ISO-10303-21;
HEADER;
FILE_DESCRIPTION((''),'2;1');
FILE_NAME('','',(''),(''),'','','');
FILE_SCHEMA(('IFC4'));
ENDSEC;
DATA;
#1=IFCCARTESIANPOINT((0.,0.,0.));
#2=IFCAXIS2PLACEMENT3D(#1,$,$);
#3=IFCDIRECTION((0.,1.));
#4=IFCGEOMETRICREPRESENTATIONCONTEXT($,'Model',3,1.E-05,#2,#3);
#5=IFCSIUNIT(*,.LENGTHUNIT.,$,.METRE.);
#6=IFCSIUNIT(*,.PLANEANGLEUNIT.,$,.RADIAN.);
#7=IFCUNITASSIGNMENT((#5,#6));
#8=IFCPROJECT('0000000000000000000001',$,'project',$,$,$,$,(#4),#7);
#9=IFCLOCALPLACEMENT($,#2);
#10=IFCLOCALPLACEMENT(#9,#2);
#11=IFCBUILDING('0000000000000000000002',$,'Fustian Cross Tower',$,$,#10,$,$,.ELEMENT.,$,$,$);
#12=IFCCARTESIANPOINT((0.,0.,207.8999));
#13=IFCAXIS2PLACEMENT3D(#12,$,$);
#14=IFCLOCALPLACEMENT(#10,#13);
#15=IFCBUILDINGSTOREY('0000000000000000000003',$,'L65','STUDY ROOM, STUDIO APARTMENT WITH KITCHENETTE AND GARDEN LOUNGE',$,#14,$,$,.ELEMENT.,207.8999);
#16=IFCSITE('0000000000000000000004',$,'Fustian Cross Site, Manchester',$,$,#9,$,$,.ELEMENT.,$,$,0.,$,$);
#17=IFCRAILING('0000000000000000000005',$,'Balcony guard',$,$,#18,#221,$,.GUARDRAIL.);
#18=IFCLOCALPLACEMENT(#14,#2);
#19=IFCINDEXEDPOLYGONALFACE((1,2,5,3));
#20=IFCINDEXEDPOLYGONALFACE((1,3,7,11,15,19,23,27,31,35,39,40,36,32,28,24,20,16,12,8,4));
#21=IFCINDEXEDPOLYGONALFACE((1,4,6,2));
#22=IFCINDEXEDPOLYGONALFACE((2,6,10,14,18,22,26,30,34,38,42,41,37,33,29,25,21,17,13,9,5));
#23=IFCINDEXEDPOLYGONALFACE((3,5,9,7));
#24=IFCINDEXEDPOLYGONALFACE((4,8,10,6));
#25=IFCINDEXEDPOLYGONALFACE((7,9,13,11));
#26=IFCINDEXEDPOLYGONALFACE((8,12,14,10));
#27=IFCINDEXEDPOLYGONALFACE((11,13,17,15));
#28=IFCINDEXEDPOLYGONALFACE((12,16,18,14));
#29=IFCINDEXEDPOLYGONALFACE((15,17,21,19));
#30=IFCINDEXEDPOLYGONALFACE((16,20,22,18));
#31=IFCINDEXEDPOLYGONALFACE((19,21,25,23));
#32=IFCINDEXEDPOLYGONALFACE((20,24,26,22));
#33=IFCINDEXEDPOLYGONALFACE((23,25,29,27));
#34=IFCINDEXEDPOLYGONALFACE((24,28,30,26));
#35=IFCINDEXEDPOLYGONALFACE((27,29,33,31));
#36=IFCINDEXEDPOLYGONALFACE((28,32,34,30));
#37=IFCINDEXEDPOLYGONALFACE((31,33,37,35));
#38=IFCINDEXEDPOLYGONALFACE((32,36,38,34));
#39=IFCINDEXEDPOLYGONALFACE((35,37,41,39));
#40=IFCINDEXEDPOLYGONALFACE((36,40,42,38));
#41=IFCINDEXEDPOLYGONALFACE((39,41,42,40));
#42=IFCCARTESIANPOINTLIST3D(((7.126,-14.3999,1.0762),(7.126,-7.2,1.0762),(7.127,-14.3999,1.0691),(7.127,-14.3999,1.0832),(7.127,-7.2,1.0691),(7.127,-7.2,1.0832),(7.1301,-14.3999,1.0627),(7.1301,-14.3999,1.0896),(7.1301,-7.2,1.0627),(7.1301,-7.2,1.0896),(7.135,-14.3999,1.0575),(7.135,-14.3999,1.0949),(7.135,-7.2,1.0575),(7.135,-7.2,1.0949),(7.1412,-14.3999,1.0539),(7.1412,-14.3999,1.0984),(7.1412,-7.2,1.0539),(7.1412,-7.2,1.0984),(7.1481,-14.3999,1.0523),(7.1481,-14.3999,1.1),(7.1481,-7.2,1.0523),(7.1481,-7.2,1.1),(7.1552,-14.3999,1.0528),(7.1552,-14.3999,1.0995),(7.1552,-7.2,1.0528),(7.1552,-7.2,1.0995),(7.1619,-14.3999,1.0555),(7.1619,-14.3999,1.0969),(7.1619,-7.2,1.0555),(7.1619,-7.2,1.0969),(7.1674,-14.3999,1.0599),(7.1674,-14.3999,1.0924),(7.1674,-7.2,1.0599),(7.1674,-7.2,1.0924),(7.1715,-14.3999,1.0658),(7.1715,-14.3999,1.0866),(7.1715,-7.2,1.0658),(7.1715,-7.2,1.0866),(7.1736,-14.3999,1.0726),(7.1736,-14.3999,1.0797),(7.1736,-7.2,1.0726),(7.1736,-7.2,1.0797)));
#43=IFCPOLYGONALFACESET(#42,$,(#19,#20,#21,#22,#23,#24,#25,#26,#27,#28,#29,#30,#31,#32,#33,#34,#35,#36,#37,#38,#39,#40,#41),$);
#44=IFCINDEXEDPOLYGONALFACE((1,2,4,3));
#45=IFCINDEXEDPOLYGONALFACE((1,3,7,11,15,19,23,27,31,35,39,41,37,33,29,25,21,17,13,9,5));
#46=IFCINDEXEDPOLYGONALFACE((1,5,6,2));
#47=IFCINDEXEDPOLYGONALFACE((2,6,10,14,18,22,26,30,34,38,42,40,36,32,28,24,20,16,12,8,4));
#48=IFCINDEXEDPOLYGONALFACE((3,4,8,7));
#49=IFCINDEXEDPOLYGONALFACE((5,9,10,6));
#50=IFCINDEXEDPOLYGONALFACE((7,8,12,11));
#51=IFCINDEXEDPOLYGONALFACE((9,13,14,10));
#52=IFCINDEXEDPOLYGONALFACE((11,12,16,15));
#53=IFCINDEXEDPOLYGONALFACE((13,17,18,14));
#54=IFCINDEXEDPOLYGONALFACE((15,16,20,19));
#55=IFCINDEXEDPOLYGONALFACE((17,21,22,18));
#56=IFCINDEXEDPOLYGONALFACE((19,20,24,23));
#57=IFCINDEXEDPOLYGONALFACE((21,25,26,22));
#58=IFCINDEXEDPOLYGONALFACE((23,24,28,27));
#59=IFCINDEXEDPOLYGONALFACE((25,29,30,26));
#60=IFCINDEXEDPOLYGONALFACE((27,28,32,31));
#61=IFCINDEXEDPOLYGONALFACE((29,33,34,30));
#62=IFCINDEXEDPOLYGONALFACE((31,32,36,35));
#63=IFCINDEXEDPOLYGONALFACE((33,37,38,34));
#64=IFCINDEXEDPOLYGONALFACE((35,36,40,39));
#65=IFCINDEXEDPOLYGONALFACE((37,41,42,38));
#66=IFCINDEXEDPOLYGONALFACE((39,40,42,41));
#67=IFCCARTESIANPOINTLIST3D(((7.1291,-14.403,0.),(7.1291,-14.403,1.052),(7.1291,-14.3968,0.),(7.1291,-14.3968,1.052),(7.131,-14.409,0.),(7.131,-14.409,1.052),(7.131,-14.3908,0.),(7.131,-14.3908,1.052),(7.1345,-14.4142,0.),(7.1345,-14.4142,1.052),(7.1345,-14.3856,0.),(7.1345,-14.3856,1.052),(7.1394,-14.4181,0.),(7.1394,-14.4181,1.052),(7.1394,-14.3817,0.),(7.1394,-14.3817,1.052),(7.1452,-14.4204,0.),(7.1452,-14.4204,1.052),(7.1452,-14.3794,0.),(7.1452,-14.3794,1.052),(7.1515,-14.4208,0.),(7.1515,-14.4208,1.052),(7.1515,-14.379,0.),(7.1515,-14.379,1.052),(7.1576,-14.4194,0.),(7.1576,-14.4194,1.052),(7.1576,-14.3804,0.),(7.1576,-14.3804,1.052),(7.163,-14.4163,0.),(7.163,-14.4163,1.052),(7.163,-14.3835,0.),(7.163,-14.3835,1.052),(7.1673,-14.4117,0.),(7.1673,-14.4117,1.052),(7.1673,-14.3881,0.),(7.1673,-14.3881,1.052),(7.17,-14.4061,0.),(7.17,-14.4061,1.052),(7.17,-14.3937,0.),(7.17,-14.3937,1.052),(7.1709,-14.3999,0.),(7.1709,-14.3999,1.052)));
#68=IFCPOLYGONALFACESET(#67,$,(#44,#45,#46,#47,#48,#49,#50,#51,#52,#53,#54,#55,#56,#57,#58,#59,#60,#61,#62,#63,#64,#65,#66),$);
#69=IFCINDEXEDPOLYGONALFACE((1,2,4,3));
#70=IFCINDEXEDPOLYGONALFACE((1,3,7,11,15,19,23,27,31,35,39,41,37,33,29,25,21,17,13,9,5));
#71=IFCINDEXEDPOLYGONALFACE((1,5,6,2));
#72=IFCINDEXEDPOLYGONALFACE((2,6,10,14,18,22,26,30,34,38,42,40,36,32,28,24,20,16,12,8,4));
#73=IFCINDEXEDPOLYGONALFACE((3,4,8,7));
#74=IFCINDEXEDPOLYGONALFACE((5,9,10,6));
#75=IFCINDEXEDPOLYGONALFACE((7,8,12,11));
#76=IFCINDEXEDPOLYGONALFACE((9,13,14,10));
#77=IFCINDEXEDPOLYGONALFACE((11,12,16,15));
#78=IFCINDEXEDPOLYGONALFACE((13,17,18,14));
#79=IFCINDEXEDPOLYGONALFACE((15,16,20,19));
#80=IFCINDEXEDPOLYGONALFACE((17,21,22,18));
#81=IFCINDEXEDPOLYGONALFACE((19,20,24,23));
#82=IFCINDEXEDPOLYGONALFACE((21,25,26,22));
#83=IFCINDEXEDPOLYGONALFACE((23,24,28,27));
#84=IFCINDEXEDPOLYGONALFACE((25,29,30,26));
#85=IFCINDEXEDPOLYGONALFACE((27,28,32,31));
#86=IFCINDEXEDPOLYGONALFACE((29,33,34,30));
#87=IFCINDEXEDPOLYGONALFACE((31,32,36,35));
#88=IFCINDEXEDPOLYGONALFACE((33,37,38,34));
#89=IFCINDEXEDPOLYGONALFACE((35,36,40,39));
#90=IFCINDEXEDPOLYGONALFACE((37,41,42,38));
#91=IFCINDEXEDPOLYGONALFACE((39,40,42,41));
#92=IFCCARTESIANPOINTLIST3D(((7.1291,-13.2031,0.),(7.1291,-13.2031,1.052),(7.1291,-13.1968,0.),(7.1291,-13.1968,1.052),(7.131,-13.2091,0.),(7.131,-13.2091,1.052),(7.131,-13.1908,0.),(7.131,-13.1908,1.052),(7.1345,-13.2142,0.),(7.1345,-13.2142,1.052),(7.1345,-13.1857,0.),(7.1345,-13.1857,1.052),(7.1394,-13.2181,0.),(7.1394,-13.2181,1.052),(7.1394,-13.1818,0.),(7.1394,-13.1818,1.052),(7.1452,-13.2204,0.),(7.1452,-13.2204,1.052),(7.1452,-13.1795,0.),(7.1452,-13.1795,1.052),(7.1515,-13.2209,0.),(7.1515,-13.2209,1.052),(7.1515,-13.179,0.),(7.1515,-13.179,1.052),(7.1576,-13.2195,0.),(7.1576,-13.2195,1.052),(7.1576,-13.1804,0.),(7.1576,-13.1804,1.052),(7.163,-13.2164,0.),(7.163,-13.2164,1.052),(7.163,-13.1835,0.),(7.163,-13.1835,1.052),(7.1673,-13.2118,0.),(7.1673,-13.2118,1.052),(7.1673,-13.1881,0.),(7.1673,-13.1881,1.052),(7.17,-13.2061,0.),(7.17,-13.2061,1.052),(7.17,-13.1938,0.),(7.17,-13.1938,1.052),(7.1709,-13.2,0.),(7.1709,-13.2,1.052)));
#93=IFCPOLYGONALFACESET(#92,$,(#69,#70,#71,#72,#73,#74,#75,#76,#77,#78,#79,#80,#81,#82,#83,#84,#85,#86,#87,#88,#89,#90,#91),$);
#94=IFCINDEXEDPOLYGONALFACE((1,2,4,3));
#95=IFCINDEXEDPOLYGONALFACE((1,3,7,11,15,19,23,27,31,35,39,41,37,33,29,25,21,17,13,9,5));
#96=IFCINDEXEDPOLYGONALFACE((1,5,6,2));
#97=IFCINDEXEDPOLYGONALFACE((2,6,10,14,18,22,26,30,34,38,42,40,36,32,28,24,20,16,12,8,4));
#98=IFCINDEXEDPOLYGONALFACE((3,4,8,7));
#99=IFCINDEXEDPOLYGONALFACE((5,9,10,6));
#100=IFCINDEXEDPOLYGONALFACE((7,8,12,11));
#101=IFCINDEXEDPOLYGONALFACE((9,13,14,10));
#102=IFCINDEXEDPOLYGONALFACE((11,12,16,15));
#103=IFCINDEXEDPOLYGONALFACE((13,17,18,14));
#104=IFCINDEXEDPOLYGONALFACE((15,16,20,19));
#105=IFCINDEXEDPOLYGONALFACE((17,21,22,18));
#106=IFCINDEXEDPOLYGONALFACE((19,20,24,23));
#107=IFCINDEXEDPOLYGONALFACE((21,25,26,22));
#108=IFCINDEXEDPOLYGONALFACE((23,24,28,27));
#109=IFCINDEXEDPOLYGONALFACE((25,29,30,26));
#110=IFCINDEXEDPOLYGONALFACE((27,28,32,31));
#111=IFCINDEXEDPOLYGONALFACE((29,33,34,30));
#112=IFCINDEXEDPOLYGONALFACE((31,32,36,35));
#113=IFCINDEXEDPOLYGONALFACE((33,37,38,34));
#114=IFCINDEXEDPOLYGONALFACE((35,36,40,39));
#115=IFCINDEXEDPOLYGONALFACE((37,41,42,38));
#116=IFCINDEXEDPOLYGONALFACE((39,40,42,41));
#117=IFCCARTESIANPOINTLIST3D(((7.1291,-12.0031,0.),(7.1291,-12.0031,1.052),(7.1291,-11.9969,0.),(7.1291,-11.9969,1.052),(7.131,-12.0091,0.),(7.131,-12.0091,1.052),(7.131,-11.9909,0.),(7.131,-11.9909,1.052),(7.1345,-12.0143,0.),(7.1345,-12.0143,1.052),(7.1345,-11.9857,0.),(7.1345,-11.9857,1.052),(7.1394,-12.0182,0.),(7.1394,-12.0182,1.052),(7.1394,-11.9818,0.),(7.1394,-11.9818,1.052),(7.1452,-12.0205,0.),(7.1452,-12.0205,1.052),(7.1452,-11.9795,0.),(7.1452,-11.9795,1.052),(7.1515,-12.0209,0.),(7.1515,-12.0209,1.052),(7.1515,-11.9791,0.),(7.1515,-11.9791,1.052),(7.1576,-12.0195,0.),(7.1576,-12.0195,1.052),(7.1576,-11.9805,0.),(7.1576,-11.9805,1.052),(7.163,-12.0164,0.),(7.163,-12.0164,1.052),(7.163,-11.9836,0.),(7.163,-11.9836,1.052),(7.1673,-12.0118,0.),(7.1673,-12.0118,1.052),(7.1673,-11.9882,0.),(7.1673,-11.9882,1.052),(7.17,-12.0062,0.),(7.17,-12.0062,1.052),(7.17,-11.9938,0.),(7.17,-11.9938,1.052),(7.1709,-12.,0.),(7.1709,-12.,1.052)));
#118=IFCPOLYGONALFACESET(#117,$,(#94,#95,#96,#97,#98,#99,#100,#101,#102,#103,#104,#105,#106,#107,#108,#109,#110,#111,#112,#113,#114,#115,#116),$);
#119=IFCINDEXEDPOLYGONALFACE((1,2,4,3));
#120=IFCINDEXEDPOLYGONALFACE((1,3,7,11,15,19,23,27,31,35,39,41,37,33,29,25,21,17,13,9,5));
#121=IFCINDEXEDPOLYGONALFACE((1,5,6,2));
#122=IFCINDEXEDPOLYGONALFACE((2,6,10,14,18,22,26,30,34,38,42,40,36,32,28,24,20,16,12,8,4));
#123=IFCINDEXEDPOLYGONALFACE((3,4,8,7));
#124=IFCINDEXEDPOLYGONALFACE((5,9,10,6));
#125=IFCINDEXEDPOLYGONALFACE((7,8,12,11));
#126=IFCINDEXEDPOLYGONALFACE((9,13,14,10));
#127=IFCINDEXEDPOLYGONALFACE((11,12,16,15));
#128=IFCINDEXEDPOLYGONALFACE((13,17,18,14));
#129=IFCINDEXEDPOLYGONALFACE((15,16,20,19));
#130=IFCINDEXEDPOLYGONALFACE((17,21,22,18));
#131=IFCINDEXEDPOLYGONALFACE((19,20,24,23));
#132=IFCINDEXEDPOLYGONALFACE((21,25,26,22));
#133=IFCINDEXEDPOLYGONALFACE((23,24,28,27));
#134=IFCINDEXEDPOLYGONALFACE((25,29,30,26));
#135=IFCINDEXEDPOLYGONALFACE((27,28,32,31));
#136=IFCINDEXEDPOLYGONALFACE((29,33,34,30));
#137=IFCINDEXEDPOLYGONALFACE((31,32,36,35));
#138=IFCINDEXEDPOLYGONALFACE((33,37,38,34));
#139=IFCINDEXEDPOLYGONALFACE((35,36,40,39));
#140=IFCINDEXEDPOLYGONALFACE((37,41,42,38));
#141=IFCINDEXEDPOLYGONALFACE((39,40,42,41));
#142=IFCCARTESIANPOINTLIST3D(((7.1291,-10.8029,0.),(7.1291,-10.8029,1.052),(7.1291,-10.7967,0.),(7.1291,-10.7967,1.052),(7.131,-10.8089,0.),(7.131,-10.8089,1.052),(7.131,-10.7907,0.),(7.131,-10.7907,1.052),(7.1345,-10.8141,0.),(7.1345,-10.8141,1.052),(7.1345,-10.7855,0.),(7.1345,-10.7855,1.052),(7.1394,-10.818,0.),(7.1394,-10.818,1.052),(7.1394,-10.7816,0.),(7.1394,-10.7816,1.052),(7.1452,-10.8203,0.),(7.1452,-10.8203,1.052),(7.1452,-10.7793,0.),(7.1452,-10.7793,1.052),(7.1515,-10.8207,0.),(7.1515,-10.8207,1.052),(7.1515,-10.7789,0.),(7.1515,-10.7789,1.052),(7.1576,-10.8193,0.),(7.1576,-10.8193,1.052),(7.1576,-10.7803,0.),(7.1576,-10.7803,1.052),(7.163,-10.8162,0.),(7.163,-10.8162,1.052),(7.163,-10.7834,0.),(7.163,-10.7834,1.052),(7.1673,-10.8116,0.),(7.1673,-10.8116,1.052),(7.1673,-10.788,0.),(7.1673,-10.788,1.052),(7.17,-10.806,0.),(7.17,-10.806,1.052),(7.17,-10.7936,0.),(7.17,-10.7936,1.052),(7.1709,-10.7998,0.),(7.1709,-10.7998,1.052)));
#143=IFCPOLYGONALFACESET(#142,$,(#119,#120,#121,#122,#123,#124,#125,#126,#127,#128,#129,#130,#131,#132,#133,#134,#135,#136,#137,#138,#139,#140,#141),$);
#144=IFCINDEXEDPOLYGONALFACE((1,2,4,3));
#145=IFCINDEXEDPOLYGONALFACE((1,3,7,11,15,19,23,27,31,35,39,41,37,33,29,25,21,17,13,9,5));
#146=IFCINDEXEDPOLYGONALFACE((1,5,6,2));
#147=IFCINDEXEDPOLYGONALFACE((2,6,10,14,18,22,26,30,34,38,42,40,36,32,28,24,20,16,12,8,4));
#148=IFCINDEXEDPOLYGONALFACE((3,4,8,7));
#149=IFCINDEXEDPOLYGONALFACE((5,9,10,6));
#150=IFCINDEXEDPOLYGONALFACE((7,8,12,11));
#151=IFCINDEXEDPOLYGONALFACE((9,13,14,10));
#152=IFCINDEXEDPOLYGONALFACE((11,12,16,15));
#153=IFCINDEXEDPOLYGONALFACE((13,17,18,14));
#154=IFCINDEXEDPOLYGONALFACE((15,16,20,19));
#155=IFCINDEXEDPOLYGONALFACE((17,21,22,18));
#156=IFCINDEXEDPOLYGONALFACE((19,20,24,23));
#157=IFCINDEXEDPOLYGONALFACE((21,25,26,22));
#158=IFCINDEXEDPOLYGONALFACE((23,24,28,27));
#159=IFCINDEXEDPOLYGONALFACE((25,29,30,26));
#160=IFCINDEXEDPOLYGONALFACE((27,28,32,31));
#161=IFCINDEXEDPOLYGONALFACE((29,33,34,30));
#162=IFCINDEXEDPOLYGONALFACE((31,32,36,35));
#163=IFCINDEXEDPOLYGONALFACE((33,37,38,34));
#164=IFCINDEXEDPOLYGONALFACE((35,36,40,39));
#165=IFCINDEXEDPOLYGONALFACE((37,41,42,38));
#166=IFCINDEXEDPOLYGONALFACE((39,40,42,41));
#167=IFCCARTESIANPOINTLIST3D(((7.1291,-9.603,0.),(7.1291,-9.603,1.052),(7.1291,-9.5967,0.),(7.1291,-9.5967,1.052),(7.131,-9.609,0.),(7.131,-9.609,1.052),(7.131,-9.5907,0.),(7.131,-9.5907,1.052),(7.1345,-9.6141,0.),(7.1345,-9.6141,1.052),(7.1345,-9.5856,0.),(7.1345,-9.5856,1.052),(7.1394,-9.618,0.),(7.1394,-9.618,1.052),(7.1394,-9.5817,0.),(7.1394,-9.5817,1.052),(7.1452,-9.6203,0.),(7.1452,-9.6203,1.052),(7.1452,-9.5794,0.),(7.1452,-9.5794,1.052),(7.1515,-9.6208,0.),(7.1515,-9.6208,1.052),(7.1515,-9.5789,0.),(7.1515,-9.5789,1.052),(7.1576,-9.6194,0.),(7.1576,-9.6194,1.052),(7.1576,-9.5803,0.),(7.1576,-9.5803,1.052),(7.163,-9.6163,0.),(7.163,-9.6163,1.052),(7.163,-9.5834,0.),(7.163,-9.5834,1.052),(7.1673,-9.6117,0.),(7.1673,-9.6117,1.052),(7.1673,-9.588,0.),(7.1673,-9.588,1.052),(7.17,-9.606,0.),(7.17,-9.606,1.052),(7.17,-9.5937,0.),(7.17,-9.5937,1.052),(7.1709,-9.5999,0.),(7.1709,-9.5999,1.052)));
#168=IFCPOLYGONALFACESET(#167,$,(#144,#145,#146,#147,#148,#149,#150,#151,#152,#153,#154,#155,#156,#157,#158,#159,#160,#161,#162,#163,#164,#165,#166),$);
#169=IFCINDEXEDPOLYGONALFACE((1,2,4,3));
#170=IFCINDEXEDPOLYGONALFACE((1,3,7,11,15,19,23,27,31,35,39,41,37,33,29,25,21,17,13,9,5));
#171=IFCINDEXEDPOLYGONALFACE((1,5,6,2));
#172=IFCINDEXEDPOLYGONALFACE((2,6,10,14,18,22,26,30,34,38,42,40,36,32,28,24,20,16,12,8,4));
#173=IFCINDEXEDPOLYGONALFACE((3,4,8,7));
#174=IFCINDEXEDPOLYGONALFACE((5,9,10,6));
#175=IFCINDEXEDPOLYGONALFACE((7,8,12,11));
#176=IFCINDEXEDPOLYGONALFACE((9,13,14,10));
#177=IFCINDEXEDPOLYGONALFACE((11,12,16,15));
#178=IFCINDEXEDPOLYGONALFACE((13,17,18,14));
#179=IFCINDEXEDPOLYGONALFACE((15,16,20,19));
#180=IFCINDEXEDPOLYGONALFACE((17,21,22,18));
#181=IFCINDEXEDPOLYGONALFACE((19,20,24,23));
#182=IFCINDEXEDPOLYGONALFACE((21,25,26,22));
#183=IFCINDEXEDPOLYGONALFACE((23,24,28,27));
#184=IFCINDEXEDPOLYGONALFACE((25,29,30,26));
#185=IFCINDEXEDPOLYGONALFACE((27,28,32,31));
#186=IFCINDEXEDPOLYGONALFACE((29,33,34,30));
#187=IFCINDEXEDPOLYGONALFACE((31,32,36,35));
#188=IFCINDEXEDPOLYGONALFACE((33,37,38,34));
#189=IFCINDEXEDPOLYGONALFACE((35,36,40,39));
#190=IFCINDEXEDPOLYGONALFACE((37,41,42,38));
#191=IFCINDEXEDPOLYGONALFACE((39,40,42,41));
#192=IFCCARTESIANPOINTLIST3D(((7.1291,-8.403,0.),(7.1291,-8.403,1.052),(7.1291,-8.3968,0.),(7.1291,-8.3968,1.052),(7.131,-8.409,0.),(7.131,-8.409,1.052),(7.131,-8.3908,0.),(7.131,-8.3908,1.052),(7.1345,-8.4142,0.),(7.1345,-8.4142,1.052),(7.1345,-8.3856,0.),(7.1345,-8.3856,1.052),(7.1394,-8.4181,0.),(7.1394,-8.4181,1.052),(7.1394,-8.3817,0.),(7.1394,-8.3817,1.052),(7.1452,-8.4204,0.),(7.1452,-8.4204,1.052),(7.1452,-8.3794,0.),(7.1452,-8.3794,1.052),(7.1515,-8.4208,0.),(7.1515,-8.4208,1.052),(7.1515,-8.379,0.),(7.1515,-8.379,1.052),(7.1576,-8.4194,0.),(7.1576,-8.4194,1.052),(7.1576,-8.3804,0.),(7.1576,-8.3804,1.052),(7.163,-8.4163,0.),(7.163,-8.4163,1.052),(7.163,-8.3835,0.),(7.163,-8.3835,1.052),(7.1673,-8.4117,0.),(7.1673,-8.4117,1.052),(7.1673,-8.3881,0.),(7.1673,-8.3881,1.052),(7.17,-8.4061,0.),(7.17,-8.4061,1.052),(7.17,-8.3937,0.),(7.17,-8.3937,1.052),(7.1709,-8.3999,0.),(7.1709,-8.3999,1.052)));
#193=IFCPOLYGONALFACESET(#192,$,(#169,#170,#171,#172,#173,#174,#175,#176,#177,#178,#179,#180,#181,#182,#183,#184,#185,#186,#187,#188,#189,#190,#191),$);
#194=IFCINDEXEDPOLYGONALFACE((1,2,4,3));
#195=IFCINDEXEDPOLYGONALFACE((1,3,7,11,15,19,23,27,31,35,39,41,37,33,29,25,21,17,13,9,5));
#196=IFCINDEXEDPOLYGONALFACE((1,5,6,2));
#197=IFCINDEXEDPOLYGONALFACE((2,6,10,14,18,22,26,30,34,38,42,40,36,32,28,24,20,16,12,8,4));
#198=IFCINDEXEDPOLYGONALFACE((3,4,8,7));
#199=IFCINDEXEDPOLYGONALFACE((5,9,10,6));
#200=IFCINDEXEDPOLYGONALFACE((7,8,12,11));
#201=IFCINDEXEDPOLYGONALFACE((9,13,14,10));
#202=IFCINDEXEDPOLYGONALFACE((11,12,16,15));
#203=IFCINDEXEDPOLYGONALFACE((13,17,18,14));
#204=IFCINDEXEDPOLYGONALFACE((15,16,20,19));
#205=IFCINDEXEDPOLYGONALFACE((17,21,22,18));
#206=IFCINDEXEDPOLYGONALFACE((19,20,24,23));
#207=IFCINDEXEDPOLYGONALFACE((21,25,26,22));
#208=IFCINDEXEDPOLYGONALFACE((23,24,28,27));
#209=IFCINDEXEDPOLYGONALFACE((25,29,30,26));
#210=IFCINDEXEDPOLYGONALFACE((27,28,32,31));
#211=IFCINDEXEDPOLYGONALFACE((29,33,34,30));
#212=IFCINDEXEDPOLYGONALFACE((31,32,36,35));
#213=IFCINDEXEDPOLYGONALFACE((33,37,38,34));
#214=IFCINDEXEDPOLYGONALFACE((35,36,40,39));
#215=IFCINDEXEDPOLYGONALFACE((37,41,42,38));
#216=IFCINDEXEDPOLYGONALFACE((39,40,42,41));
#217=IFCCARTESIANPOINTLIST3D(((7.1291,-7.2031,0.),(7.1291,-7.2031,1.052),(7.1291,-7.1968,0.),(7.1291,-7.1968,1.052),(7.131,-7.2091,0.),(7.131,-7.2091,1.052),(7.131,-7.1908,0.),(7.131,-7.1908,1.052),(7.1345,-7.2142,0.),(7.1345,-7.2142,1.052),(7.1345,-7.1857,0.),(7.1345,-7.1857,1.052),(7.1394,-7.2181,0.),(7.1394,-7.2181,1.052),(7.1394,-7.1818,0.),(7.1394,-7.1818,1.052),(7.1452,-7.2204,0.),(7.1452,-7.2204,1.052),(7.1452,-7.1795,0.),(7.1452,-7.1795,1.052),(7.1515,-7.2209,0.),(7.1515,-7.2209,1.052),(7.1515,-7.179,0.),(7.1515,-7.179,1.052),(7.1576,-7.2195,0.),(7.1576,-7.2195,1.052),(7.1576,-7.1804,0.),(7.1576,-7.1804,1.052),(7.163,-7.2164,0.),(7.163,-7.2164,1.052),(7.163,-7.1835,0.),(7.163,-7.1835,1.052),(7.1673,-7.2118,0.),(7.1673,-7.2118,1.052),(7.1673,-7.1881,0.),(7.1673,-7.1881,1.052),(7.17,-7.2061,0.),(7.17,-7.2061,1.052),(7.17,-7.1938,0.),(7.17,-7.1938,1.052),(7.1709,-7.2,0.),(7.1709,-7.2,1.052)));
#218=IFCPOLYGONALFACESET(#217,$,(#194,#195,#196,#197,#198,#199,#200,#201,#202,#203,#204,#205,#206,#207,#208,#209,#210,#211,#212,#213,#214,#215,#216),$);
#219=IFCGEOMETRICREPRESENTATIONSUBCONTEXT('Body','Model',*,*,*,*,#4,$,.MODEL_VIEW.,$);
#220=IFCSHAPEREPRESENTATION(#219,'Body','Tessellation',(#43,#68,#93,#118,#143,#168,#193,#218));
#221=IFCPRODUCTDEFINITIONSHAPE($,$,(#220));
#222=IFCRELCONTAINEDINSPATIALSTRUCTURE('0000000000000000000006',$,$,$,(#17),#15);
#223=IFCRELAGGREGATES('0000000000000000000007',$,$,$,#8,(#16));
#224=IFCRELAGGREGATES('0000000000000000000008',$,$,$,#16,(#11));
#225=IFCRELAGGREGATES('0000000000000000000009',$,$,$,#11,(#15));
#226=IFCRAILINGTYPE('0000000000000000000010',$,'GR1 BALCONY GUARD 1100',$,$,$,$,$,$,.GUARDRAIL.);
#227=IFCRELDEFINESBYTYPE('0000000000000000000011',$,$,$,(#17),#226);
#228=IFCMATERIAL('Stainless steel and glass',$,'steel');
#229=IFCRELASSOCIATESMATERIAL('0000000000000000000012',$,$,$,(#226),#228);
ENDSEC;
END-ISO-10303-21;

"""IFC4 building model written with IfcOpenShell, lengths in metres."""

from ifc_helpers import new_model, si_unit, direction, frame, origin, origin_2d, place, context, subcontext, project, spatial, circle, extrude, material, type_object, element, save


model = new_model("IFC4")

# Units and contexts
model_context = context("Model", 3, precision=1e-05, world=origin(), true_north=direction((0.0, 1.0)))
body_context = subcontext(model_context, "Body", "Model", "MODEL_VIEW")
ifc_project = project(units=[si_unit("LENGTHUNIT", "METRE"), si_unit("PLANEANGLEUNIT", "RADIAN")], contexts=[model_context])

# Site, building, storey
site_placement = place(None, origin())
site = spatial("IfcSite", under=ifc_project, at=site_placement, Name="Fustian Cross Site, Manchester", CompositionType="ELEMENT", RefElevation=0.0)
building_placement = place(site_placement, origin())
building = spatial("IfcBuilding", under=site, at=building_placement, Name="Fustian Cross Tower", CompositionType="ELEMENT")
storey_placement = place(building_placement, frame((0.0, 0.0, 207.8999)))
storey = spatial("IfcBuildingStorey", under=building, at=storey_placement, Name="L65", Description="STUDY ROOM, STUDIO APARTMENT WITH KITCHENETTE AND GARDEN LOUNGE", CompositionType="ELEMENT", Elevation=207.8999)

# Railing
ifc_material_1 = material(Name="Stainless steel and glass", Category="steel")
railing_type_1 = type_object("IfcRailingType", Name="GR1 BALCONY GUARD 1100", PredefinedType="GUARDRAIL", material=ifc_material_1)
railing_1_placement = place(storey_placement, frame((7.1499, -14.3999, 0.0)))
element("IfcRailing", 1, at=railing_1_placement, inside=storey, type_object=railing_type_1, Name="Balcony guard", PredefinedType="GUARDRAIL", context=body_context, shape_type="SweptSolid", body=[
    extrude(circle(Radius=0.0239, at=origin_2d()), frame((0.0, 0.0, 1.0762), z_axis=(0.0, 1.0, 0.0), x_axis=(-1.0, 0.0, 0.0)), (0.0, 0.0, 1.0), 7.2),
    extrude(circle(Radius=0.021, at=origin_2d()), origin(), (0.0, 0.0, 1.0), 1.052),
    extrude(circle(Radius=0.021, at=origin_2d()), frame((0.0, 1.2, 0.0)), (0.0, 0.0, 1.0), 1.052),
    extrude(circle(Radius=0.021, at=origin_2d()), frame((0.0, 2.3999, 0.0)), (0.0, 0.0, 1.0), 1.052),
    extrude(circle(Radius=0.021, at=origin_2d()), frame((0.0, 3.6001, 0.0)), (0.0, 0.0, 1.0), 1.052),
    extrude(circle(Radius=0.021, at=origin_2d()), frame((0.0, 4.8, 0.0)), (0.0, 0.0, 1.0), 1.052),
    extrude(circle(Radius=0.021, at=origin_2d()), frame((0.0, 6.0, 0.0)), (0.0, 0.0, 1.0), 1.052),
    extrude(circle(Radius=0.021, at=origin_2d()), frame((0.0, 7.2, 0.0)), (0.0, 0.0, 1.0), 1.052),
])

save(model, "model.ifc")
